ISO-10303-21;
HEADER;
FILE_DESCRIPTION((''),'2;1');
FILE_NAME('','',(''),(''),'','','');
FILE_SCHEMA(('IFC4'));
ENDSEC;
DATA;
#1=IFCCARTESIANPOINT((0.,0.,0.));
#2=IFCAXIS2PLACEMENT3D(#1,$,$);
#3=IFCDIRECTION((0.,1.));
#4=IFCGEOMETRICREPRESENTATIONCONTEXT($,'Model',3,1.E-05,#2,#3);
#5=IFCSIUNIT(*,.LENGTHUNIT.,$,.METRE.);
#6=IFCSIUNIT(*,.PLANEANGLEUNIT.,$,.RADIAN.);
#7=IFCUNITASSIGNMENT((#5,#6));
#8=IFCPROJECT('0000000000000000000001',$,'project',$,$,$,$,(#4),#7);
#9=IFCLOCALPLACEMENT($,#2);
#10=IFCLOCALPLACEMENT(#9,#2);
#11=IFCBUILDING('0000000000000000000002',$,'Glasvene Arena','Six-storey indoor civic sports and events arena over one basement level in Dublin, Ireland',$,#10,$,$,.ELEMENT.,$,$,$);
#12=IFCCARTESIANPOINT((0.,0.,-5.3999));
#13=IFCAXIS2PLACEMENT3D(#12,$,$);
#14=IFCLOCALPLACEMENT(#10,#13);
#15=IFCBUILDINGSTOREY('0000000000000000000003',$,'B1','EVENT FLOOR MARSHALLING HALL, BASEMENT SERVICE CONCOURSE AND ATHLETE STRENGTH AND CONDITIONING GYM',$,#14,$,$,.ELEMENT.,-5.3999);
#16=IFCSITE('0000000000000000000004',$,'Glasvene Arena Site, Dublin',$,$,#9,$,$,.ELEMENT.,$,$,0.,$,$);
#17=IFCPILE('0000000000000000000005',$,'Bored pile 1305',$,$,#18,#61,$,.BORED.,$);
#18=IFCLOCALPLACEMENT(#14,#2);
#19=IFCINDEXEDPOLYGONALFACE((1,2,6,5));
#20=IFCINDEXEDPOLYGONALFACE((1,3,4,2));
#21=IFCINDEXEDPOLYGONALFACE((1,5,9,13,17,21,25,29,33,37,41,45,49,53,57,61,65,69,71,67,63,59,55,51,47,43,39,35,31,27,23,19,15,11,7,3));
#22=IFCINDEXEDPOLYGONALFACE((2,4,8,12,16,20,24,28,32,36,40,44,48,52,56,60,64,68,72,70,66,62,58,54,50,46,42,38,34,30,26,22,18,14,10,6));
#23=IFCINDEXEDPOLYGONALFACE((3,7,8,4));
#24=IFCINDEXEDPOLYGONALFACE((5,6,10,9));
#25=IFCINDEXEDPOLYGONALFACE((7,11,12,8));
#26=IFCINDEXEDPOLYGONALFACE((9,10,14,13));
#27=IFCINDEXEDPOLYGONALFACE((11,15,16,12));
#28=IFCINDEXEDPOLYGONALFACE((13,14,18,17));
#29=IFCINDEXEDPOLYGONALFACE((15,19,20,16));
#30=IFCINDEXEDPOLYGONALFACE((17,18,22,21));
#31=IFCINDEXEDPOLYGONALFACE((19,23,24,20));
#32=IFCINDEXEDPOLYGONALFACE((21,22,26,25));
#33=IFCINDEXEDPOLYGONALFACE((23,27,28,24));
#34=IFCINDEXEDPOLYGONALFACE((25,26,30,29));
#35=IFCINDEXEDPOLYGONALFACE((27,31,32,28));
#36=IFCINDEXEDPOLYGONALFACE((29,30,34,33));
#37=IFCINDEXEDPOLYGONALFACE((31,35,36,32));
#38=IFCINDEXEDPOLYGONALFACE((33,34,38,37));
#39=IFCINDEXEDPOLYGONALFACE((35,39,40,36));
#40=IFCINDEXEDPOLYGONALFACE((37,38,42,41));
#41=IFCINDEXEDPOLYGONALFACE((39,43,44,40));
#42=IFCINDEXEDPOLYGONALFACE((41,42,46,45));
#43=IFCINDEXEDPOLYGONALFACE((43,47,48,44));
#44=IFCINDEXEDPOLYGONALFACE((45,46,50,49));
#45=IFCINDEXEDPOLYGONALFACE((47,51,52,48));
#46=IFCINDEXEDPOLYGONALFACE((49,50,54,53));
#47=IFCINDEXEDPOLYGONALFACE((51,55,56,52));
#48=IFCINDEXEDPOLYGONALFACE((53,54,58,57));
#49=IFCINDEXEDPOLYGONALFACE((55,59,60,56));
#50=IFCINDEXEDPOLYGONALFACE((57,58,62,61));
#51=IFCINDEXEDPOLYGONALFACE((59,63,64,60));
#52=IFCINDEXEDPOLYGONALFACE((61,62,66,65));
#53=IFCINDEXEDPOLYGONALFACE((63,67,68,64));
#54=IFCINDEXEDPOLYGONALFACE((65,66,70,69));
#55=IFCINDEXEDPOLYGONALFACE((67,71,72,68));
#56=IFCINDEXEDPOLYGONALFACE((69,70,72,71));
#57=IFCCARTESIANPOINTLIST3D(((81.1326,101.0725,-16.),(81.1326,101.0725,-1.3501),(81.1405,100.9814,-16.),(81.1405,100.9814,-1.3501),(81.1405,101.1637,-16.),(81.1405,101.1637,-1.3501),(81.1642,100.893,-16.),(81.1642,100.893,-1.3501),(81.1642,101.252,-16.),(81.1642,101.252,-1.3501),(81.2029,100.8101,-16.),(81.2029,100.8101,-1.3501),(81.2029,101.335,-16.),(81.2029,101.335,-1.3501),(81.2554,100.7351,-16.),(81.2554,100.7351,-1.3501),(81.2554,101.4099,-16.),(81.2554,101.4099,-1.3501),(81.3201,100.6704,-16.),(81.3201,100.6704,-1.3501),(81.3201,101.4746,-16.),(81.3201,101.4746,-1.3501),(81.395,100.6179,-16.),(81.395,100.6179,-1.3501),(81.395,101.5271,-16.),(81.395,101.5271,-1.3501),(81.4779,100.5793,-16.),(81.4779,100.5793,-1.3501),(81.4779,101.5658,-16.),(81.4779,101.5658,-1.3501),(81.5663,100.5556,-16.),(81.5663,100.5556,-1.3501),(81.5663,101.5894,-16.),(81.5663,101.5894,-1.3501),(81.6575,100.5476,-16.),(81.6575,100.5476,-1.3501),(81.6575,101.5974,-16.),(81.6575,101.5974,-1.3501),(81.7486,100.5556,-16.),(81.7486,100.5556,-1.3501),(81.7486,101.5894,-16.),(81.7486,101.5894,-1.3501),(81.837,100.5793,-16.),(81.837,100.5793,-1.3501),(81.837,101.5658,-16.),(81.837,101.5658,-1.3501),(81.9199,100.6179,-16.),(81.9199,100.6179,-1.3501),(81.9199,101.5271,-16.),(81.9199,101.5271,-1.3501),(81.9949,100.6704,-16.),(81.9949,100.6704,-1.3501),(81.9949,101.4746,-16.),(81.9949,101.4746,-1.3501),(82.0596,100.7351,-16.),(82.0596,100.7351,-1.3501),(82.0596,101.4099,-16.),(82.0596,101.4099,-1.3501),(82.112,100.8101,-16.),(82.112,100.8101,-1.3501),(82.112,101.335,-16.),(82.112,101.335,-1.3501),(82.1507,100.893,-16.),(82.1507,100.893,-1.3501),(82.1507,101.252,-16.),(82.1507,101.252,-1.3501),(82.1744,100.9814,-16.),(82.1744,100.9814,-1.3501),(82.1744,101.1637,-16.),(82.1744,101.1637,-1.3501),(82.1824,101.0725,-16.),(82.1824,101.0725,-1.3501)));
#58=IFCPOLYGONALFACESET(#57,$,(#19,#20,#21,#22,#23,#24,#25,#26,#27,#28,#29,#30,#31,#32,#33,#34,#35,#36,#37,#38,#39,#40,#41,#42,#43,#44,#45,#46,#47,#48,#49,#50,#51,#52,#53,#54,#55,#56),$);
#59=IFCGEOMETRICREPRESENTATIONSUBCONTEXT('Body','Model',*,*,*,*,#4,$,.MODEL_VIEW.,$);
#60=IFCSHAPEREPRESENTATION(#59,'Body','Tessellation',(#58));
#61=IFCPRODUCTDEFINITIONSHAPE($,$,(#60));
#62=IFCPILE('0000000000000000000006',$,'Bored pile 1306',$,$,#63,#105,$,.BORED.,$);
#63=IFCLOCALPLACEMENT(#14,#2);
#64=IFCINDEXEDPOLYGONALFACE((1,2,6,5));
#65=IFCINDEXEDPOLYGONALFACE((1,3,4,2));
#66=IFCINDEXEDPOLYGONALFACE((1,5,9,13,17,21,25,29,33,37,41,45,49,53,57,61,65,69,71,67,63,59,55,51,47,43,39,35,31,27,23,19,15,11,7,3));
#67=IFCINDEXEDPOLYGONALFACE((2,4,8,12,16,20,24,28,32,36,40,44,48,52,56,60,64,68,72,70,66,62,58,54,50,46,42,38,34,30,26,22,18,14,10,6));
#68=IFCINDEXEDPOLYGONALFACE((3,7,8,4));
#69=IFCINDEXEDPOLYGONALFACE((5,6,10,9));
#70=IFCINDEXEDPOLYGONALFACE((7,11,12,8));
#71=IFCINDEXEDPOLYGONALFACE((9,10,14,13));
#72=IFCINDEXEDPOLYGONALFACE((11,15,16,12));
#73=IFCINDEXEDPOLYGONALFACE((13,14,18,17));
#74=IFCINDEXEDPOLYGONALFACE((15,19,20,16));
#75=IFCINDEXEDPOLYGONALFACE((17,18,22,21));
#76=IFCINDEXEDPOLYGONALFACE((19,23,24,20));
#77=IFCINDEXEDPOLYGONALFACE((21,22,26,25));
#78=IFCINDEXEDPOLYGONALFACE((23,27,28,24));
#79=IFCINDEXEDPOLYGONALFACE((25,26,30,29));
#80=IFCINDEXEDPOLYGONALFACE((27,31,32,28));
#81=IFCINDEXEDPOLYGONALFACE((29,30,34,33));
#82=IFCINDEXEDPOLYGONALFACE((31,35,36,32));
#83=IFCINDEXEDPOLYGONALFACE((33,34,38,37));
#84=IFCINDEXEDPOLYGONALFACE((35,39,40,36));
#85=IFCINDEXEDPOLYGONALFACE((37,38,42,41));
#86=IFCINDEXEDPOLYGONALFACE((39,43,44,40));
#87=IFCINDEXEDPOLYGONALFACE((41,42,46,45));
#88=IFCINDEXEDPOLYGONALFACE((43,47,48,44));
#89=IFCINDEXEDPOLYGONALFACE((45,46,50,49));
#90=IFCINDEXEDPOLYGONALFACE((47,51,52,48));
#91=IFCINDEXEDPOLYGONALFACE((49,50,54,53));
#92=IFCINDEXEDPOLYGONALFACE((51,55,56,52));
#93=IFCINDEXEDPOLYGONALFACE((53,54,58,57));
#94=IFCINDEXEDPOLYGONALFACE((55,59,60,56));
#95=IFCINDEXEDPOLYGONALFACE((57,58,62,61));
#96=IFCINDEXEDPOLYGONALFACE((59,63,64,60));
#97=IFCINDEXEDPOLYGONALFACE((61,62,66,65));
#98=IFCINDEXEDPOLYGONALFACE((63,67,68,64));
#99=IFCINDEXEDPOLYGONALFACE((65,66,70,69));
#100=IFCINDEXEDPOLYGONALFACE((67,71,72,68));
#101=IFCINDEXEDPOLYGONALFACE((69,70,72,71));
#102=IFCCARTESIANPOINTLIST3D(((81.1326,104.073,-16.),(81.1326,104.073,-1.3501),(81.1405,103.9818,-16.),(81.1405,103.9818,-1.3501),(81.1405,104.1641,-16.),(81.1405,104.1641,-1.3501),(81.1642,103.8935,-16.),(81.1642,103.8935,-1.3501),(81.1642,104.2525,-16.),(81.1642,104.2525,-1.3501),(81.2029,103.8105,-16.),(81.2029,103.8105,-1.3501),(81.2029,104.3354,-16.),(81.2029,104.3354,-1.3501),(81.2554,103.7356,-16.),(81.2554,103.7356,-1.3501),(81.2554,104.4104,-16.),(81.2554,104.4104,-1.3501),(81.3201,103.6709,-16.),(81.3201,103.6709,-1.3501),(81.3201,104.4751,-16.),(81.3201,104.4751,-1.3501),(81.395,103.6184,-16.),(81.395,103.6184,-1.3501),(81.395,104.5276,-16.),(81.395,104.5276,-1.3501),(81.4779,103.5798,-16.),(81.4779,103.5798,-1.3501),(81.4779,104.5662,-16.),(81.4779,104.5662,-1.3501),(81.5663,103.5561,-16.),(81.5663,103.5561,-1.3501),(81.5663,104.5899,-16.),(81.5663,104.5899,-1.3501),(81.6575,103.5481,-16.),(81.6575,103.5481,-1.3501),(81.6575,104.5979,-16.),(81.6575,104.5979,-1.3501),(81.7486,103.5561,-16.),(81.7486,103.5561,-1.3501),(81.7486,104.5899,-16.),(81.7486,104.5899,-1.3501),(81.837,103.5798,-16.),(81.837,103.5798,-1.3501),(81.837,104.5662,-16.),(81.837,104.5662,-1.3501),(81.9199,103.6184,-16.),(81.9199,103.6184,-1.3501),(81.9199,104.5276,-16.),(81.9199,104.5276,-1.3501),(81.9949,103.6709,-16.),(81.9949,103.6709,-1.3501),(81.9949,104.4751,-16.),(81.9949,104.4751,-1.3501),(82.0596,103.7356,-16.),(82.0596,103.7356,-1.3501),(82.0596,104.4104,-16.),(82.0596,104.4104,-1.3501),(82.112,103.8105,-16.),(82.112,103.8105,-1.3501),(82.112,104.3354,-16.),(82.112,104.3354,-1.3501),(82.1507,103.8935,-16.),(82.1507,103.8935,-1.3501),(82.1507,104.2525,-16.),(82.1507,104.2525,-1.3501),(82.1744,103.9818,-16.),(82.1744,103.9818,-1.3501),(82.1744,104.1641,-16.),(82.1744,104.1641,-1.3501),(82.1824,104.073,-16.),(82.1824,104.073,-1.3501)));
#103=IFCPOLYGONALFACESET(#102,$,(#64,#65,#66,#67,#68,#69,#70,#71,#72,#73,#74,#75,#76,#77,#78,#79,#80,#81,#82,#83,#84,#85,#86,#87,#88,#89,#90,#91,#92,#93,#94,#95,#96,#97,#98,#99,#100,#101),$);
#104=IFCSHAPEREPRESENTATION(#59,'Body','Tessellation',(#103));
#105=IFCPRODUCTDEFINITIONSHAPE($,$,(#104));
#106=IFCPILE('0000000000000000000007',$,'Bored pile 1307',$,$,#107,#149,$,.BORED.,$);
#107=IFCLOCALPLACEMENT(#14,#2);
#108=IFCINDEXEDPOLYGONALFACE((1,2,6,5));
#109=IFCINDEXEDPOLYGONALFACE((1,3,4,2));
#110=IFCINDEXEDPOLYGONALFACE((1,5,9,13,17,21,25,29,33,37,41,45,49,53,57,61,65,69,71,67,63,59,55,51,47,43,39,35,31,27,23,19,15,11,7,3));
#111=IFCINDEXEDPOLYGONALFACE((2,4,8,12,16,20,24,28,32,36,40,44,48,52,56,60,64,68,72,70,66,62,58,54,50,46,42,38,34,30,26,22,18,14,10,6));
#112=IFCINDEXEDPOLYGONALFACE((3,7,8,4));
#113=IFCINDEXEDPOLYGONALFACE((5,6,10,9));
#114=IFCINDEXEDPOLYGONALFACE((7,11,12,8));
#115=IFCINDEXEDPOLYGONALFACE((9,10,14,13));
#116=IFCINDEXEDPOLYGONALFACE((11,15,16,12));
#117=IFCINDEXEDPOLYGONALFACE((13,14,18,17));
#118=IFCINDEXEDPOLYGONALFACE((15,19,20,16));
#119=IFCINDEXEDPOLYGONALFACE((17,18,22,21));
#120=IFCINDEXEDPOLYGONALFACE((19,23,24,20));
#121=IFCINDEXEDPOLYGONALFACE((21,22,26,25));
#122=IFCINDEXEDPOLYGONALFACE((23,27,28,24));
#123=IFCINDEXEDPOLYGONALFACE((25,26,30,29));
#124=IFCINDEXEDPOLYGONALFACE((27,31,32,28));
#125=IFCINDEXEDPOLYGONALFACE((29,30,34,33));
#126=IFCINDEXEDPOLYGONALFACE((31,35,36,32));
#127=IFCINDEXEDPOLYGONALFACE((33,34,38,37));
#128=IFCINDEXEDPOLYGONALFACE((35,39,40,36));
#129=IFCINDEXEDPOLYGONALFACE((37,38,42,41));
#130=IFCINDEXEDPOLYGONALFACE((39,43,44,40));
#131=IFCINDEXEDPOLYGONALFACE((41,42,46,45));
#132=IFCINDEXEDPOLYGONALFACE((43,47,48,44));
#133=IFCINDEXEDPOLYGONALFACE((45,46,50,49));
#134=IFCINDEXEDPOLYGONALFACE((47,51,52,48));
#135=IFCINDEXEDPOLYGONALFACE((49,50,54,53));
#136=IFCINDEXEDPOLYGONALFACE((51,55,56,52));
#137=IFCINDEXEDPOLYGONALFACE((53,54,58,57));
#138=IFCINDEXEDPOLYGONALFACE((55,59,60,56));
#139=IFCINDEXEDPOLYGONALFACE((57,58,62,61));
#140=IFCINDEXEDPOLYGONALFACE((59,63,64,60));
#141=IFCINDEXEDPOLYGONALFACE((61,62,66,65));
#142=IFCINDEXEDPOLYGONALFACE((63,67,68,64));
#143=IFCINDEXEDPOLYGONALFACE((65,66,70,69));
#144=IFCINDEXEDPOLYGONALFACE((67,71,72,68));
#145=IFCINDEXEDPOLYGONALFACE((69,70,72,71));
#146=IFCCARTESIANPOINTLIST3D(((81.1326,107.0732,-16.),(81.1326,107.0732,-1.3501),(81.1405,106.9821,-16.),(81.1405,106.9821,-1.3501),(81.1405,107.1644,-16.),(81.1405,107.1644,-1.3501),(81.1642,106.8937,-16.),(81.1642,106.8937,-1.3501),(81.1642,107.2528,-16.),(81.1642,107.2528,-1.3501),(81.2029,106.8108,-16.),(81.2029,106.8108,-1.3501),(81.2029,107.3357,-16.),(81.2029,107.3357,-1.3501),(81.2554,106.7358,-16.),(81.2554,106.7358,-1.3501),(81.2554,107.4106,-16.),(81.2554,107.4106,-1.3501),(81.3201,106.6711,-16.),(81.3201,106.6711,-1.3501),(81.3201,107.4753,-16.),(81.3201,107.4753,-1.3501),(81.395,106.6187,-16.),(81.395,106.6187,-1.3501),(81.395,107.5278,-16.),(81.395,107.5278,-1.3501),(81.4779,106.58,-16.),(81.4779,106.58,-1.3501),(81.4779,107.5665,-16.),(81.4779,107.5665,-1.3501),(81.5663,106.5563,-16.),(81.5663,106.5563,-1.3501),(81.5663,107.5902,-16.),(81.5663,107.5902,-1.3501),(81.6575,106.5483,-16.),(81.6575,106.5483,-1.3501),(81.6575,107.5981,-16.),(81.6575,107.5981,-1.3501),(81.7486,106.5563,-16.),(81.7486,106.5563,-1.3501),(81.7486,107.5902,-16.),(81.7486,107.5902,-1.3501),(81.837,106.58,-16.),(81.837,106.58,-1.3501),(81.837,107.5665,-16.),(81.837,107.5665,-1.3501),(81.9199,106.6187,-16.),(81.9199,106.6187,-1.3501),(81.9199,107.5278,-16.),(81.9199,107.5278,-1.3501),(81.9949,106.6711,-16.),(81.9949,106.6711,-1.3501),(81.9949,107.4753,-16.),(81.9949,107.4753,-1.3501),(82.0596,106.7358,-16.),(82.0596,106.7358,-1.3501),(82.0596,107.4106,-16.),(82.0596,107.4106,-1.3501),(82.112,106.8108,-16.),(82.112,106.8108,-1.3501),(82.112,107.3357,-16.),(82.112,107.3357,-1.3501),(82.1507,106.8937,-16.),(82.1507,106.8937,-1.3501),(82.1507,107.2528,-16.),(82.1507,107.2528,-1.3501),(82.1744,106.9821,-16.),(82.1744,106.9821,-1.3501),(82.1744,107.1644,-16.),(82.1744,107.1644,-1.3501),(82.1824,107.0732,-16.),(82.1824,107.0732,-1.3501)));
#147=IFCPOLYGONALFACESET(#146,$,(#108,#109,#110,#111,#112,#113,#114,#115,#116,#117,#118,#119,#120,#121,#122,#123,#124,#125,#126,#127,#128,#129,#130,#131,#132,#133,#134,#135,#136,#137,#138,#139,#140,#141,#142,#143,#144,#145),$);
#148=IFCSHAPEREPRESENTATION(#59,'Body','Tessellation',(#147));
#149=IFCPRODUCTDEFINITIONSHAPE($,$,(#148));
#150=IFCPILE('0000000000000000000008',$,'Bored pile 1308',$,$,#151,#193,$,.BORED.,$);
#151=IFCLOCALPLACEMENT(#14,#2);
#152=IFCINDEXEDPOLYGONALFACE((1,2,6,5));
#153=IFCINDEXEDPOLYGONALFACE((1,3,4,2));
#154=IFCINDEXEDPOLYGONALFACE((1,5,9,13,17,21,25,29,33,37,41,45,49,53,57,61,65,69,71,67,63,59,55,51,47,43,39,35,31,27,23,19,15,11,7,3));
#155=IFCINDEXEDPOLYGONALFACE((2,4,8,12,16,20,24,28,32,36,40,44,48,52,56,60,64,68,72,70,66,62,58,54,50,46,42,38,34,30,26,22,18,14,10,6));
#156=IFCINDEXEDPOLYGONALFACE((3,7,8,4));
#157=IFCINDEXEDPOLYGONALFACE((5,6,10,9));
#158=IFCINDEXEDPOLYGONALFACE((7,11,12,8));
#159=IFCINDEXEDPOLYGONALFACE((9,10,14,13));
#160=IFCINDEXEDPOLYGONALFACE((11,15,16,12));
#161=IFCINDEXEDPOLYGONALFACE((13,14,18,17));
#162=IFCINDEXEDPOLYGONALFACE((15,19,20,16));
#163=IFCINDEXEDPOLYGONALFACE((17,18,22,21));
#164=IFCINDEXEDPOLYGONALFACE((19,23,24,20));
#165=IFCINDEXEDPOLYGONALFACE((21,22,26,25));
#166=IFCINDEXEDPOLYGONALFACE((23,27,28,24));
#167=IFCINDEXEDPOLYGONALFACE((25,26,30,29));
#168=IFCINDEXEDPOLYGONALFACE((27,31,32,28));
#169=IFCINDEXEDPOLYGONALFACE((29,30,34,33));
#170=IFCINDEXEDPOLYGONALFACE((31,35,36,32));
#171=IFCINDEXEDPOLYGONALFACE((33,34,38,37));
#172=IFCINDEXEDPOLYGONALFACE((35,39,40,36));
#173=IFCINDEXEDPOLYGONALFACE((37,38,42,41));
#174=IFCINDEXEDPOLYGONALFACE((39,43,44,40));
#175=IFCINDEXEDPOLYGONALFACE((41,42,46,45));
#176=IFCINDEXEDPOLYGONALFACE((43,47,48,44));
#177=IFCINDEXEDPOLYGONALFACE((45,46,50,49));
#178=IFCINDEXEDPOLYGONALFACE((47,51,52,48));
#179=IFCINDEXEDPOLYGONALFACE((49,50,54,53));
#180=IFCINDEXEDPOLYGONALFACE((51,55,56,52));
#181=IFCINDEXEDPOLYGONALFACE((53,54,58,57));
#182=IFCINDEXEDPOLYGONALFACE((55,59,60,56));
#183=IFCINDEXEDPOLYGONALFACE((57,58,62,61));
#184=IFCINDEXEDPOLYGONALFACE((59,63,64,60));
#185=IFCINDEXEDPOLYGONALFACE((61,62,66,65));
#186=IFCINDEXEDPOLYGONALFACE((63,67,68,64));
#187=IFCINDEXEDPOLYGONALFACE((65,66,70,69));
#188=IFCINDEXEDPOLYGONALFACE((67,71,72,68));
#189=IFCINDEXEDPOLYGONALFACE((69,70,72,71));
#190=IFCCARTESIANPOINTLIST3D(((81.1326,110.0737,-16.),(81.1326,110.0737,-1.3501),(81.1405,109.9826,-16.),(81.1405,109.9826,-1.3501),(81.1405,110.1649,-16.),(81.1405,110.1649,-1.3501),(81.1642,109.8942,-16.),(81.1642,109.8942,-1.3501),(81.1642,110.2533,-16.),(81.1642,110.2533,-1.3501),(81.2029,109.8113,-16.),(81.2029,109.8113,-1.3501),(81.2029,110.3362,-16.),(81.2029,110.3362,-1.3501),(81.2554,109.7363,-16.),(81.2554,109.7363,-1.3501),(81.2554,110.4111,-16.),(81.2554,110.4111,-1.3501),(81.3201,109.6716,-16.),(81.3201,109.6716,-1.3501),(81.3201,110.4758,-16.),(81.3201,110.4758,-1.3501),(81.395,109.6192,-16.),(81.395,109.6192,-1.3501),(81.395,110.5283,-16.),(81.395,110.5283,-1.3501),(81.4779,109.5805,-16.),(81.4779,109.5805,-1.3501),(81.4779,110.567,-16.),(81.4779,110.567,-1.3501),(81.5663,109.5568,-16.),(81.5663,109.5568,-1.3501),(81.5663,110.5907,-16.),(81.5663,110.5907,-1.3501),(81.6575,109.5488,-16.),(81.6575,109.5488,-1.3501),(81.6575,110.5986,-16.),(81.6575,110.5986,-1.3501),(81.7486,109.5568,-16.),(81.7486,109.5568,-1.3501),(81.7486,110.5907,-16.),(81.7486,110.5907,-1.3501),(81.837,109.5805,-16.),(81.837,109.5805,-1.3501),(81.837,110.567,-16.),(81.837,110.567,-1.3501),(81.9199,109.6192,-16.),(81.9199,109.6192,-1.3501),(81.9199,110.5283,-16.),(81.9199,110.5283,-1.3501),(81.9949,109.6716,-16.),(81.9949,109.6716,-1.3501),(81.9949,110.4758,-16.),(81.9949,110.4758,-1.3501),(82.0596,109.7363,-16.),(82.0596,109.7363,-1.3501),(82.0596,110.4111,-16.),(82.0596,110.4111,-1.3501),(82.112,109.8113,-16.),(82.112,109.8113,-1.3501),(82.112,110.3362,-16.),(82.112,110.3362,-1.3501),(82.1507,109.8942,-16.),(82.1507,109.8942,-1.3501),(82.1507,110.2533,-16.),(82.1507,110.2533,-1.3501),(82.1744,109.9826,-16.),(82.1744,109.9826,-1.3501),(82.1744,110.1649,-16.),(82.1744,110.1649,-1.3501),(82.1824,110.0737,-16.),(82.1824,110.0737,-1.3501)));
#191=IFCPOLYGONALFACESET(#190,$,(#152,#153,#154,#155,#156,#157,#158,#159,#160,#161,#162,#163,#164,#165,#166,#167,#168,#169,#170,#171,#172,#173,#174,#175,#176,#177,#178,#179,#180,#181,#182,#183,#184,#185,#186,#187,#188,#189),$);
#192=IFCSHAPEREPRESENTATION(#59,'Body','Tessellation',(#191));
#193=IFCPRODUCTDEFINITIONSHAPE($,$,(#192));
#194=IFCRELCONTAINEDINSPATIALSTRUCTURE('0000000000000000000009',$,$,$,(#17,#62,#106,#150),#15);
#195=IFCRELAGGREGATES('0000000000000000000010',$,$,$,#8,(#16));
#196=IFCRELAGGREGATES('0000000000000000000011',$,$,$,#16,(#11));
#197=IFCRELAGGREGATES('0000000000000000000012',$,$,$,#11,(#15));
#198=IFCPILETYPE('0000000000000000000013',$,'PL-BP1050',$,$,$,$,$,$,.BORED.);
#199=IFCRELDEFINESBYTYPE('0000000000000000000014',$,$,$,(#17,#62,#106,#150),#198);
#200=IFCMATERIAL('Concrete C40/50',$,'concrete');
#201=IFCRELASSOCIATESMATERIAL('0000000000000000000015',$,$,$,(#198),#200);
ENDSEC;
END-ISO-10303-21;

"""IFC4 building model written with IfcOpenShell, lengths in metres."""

from ifc_helpers import new_model, si_unit, direction, frame, origin, origin_2d, place, context, subcontext, project, spatial, circle, extrude, material, material_profile, profile_set, type_object, element, save


model = new_model("IFC4")

# Units and contexts
model_context = context("Model", 3, precision=1e-05, world=origin(), true_north=direction((0.0, 1.0)))
body_context = subcontext(model_context, "Body", "Model", "MODEL_VIEW")
ifc_project = project(units=[si_unit("LENGTHUNIT", "METRE"), si_unit("PLANEANGLEUNIT", "RADIAN")], contexts=[model_context])

# Site, building, storey
site_placement = place(None, origin())
site = spatial("IfcSite", under=ifc_project, at=site_placement, Name="Glasvene Arena Site, Dublin", CompositionType="ELEMENT", RefElevation=0.0)
building_placement = place(site_placement, origin())
building = spatial("IfcBuilding", under=site, at=building_placement, Name="Glasvene Arena", Description="Six-storey indoor civic sports and events arena over one basement level in Dublin, Ireland", CompositionType="ELEMENT")
storey_placement = place(building_placement, frame((0.0, 0.0, -5.3999)))
storey = spatial("IfcBuildingStorey", under=building, at=storey_placement, Name="B1", Description="EVENT FLOOR MARSHALLING HALL, BASEMENT SERVICE CONCOURSE AND ATHLETE STRENGTH AND CONDITIONING GYM", CompositionType="ELEMENT", Elevation=-5.3999)

# Piles
ifc_material_1 = material(Name="Concrete C40/50", Category="concrete")
ifc_material_profile_1 = material_profile(ifc_material_1, circle(Radius=0.5249, at=origin_2d()), Name="BORED PILE 1050")
ifc_profile_set_1 = profile_set([ifc_material_profile_1], Name="Concrete C40/50")
pile_type_1 = type_object("IfcPileType", Name="PL-BP1050", PredefinedType="BORED", material=ifc_profile_set_1)
for number, where, z_axis, x_axis, name in (
    (1, (81.6575, 101.0725, -1.3501), (0.0, 0.0, -1.0), (1.0, 0.0, 0.0), "Bored pile 1305"),
    (2, (81.6575, 104.073, -1.3501), (0.0, 0.0, -1.0), (1.0, 0.0, 0.0), "Bored pile 1306"),
    (3, (81.6575, 107.0732, -1.3501), (0.0, 0.0, -1.0), (1.0, 0.0, 0.0), "Bored pile 1307"),
    (4, (81.6575, 110.0737, -1.3501), (0.0, 0.0, -1.0), (1.0, 0.0, 0.0), "Bored pile 1308"),
):
    element("IfcPile", number, at=place(storey_placement, frame(where, z_axis=z_axis, x_axis=x_axis)), inside=storey, type_object=pile_type_1, Name=name, PredefinedType="BORED", context=body_context, shape_type="SweptSolid", body=[
        extrude(circle(Radius=0.5249, at=origin_2d()), origin(), (0.0, 0.0, 1.0), 14.6499),
    ])

save(model, "model.ifc")
